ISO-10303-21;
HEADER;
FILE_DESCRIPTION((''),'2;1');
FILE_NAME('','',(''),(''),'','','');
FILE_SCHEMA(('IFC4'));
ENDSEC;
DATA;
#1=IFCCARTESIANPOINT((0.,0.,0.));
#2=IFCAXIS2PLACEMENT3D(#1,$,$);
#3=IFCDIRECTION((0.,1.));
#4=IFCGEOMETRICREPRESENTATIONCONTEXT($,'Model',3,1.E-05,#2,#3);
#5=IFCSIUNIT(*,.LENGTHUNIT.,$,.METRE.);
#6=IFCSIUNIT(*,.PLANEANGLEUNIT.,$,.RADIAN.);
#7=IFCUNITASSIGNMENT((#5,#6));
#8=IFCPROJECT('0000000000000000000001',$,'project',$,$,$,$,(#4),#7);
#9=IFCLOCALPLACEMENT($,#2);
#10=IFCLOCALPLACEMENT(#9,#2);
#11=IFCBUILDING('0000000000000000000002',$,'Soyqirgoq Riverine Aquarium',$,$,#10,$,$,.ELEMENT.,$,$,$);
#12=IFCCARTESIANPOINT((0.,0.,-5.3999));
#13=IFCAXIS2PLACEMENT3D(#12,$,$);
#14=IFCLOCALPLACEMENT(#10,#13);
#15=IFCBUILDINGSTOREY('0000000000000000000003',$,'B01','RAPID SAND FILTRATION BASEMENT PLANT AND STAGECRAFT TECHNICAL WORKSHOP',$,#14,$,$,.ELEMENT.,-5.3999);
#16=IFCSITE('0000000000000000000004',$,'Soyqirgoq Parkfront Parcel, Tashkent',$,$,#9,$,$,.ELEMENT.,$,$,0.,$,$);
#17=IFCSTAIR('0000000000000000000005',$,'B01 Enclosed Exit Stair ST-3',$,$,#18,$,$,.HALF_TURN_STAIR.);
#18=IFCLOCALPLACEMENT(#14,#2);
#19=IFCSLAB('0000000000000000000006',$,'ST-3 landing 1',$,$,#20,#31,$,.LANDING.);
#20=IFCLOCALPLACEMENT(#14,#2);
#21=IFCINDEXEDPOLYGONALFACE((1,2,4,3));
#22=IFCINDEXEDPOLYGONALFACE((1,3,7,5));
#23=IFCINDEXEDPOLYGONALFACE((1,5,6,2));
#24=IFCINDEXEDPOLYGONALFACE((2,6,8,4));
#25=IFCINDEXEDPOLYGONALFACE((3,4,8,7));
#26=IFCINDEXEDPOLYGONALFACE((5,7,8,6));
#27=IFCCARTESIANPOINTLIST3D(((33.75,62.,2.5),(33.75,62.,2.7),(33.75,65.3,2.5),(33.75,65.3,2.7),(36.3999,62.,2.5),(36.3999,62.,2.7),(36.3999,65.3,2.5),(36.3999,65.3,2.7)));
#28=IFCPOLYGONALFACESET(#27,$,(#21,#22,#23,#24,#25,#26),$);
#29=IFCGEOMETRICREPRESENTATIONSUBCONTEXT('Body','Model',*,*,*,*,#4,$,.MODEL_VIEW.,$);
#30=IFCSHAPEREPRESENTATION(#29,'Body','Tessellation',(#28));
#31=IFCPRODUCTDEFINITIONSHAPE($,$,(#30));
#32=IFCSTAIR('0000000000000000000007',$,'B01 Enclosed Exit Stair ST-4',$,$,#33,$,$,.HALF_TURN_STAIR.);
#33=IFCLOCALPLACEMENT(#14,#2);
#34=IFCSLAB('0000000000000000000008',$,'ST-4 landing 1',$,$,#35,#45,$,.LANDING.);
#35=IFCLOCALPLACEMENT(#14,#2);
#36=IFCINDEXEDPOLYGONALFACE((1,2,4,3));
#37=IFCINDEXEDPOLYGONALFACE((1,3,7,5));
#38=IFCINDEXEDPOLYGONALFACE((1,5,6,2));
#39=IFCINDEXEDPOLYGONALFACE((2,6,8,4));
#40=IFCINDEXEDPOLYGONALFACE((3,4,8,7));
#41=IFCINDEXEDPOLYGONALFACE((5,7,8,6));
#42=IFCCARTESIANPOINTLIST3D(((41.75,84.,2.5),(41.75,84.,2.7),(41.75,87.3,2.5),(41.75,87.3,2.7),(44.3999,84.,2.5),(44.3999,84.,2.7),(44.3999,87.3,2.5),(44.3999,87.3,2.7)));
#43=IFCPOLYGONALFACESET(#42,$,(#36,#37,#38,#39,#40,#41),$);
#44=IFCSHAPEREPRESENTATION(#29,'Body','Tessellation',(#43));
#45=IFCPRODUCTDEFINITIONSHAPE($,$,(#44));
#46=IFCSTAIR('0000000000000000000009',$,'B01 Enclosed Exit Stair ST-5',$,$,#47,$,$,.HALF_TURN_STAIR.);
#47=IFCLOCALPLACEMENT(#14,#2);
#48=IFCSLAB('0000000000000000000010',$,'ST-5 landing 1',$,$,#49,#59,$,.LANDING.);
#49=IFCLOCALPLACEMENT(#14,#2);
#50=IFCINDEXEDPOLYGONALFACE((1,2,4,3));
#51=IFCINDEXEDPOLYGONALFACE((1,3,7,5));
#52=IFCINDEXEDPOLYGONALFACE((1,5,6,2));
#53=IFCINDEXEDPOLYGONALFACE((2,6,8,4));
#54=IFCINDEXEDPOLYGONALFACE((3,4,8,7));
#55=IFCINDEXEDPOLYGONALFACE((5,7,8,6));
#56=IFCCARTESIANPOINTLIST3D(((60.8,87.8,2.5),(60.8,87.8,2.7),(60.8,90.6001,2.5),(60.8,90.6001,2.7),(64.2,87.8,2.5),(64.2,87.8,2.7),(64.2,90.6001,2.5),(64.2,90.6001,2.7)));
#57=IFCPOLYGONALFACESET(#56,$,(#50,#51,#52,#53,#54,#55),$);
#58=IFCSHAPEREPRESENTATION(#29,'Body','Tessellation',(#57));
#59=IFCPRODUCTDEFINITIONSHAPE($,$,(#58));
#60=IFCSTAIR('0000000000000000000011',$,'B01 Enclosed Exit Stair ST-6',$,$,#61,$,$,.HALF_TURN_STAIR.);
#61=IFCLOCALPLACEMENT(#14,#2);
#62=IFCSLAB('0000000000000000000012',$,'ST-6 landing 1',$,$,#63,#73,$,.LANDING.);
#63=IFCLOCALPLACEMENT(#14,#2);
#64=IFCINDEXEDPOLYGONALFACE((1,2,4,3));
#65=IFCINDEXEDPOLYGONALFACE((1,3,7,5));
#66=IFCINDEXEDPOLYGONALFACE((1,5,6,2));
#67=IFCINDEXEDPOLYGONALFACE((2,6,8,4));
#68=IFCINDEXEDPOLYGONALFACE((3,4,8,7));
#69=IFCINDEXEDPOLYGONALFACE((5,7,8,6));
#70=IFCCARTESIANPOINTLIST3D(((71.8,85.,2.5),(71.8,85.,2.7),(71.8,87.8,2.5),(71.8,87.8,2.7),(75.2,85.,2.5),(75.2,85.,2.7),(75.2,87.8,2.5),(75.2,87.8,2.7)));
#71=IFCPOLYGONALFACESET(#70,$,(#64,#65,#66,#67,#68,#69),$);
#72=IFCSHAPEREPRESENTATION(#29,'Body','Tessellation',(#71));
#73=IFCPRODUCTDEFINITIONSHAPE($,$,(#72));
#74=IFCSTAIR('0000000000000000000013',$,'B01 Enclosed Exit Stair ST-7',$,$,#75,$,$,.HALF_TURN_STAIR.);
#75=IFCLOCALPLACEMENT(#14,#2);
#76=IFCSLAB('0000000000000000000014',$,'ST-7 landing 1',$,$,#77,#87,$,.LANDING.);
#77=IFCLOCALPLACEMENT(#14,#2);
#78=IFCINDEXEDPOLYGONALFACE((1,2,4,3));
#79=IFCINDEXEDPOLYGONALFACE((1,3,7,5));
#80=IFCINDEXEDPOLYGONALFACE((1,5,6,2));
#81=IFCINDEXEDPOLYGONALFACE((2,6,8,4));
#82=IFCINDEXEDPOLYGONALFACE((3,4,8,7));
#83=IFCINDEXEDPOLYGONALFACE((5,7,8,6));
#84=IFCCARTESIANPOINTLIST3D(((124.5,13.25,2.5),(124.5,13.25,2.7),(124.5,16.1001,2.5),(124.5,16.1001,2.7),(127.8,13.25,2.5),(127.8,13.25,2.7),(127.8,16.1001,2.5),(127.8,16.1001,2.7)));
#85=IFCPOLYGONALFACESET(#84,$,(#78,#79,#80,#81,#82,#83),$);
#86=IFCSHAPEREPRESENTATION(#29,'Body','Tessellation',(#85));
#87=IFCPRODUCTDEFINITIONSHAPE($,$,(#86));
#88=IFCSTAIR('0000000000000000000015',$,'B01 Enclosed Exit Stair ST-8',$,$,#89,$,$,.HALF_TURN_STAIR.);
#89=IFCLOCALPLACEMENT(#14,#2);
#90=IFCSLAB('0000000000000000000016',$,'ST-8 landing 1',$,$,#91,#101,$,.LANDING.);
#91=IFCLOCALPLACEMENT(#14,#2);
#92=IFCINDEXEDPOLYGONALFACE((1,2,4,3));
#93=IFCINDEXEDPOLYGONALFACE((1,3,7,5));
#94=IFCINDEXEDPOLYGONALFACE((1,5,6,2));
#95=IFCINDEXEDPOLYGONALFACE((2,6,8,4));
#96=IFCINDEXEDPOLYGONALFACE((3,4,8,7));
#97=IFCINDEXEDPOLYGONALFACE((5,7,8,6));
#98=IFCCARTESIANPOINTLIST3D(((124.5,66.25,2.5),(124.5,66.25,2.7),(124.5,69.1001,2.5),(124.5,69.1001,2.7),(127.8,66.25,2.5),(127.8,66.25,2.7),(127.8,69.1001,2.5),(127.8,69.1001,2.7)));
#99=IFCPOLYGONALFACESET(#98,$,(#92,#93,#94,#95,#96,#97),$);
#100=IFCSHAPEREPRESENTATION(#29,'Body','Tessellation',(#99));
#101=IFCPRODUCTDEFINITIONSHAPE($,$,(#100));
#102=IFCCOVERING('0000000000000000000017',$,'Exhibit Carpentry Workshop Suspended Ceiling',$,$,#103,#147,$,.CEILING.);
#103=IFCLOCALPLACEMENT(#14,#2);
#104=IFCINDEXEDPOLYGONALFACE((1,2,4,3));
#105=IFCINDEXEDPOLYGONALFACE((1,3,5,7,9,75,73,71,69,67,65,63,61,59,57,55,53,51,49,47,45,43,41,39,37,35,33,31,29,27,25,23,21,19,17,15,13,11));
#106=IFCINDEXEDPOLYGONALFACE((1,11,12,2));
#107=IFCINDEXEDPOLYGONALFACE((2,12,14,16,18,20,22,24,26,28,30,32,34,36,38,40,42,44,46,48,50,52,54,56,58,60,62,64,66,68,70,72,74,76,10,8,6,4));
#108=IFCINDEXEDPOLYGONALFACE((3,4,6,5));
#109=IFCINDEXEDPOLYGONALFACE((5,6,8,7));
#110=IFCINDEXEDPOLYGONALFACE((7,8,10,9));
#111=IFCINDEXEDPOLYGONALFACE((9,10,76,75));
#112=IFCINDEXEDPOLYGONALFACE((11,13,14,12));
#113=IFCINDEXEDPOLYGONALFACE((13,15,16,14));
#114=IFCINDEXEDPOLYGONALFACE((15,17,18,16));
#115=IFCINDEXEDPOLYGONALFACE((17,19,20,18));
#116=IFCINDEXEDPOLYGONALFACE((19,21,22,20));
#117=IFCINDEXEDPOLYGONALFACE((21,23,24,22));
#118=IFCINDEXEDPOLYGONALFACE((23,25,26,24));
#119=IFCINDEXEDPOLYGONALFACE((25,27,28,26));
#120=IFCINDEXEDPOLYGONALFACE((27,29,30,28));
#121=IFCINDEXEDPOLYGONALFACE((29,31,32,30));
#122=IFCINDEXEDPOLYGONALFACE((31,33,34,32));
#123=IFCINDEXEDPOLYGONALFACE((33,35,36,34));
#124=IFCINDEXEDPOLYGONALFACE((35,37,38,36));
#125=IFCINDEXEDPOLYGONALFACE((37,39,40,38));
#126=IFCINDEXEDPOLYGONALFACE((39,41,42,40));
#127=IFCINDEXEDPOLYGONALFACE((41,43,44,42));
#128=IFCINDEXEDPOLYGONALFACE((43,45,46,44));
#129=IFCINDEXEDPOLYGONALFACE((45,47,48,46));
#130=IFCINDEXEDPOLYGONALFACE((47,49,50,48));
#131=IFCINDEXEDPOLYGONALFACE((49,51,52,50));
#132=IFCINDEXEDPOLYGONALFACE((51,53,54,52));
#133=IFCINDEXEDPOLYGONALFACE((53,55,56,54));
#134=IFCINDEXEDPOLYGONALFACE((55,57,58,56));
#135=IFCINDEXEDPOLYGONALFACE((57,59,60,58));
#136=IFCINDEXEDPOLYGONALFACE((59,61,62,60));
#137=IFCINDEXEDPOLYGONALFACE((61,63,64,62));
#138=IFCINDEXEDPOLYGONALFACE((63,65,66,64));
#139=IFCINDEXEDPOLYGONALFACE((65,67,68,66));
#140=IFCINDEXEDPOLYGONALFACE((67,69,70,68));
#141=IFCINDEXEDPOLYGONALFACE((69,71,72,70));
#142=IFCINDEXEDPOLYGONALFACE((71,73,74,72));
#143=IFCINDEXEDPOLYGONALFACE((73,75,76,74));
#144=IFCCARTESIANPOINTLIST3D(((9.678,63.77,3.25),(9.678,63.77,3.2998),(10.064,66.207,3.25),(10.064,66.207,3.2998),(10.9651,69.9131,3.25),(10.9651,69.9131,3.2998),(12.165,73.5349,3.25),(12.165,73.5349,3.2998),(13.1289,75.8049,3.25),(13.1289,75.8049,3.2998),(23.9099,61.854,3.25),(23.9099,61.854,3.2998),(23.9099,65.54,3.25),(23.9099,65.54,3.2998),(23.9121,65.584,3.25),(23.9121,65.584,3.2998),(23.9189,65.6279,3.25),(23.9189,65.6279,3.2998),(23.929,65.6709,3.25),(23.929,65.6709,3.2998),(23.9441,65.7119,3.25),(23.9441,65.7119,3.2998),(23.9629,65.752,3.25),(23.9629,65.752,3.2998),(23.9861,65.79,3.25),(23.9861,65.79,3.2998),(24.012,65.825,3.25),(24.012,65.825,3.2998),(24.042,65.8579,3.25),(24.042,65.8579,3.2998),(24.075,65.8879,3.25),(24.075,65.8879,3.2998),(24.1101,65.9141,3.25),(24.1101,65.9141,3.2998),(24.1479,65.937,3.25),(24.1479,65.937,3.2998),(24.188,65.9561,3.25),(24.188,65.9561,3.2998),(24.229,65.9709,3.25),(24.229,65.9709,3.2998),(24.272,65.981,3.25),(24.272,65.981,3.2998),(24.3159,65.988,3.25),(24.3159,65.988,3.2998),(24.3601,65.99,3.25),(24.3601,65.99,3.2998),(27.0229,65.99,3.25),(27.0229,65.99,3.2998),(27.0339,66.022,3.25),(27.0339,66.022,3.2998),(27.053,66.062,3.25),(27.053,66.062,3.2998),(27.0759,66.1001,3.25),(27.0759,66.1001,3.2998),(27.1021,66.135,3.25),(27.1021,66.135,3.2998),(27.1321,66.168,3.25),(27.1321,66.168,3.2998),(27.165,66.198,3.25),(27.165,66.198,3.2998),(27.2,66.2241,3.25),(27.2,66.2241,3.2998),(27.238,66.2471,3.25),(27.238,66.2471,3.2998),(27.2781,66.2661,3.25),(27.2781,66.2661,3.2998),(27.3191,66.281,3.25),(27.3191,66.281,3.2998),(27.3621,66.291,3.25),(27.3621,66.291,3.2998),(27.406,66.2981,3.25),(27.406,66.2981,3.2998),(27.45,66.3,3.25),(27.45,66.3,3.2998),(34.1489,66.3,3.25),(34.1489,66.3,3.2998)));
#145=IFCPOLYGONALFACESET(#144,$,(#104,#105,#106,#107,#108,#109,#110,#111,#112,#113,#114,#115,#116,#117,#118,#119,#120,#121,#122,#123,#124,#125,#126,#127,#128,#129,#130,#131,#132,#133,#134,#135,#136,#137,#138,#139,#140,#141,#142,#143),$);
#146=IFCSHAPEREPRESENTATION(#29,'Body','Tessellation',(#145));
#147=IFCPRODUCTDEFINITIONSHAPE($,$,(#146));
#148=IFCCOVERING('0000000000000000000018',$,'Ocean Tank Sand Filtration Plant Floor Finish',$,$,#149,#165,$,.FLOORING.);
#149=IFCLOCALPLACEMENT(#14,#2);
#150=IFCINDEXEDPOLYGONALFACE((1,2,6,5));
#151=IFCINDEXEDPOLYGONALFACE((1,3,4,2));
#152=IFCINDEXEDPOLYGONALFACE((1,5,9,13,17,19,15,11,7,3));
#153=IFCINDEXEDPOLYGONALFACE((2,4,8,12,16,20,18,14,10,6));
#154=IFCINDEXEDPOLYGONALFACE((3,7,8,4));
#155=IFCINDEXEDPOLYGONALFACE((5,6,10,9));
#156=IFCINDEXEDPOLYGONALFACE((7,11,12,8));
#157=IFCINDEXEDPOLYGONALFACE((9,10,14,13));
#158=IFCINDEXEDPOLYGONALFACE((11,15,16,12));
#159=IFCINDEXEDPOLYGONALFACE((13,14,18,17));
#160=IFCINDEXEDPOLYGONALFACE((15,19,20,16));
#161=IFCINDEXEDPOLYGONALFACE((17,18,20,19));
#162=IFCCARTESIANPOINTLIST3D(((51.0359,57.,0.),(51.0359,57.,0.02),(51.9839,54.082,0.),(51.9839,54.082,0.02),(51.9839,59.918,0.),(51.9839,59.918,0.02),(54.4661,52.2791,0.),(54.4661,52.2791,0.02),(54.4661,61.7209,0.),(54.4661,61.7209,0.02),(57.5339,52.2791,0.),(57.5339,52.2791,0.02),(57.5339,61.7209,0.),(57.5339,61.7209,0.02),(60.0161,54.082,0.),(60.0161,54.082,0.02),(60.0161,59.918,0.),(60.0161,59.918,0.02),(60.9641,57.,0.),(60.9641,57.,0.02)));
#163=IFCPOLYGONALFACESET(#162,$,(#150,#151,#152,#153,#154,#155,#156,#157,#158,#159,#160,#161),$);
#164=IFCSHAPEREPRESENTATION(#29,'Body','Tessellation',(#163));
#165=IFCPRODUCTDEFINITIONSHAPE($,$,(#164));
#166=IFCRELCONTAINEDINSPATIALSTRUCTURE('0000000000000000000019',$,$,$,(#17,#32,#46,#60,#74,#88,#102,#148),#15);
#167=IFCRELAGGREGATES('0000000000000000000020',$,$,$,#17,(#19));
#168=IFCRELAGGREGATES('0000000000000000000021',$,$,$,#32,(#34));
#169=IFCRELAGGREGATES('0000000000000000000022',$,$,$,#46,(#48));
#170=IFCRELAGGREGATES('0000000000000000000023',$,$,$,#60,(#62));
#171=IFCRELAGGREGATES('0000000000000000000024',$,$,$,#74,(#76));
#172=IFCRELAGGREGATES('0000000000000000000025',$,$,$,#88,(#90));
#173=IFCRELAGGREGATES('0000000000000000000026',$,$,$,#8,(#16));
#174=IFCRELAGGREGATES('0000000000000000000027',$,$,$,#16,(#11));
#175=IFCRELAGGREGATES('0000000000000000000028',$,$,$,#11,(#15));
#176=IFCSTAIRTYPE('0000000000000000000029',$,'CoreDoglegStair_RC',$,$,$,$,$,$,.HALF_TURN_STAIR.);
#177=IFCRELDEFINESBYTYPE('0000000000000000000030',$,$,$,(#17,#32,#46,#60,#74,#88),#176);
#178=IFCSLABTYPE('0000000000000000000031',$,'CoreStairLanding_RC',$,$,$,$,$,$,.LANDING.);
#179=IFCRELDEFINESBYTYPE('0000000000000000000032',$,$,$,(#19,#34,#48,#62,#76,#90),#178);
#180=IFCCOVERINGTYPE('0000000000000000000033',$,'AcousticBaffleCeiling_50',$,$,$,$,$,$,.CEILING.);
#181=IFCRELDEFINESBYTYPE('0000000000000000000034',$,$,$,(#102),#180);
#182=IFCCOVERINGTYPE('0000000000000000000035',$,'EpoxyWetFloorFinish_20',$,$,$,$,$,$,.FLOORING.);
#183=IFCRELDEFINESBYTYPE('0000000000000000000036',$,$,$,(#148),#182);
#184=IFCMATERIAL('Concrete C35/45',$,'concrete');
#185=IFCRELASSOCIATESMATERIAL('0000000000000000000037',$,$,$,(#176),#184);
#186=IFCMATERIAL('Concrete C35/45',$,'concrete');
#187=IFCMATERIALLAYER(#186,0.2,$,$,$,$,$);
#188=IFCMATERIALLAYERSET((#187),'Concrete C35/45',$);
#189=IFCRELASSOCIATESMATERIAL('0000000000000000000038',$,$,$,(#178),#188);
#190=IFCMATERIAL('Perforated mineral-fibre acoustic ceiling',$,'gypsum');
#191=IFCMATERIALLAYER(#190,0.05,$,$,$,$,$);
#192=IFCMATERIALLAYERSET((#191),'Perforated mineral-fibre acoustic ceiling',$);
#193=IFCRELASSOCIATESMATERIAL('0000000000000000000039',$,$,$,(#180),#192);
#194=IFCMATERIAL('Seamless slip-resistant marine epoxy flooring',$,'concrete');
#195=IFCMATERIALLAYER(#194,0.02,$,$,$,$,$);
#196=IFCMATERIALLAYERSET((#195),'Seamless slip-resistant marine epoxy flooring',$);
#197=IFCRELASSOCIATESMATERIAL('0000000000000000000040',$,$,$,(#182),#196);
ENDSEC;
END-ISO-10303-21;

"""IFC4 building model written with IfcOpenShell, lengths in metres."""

from ifc_helpers import new_model, si_unit, direction, frame, origin, place, context, subcontext, project, spatial, polyline, outline, extrude, material, layer, layer_set, type_object, element, aggregate, save


model = new_model("IFC4")

# Units and contexts
model_context = context("Model", 3, precision=1e-05, world=origin(), true_north=direction((0.0, 1.0)))
body_context = subcontext(model_context, "Body", "Model", "MODEL_VIEW")
ifc_project = project(units=[si_unit("LENGTHUNIT", "METRE"), si_unit("PLANEANGLEUNIT", "RADIAN")], contexts=[model_context])

# Site, building, storey
site_placement = place(None, origin())
site = spatial("IfcSite", under=ifc_project, at=site_placement, Name="Soyqirgoq Parkfront Parcel, Tashkent", CompositionType="ELEMENT", RefElevation=0.0)
building_placement = place(site_placement, origin())
building = spatial("IfcBuilding", under=site, at=building_placement, Name="Soyqirgoq Riverine Aquarium", CompositionType="ELEMENT")
storey_placement = place(building_placement, frame((0.0, 0.0, -5.3999)))
storey = spatial("IfcBuildingStorey", under=building, at=storey_placement, Name="B01", Description="RAPID SAND FILTRATION BASEMENT PLANT AND STAGECRAFT TECHNICAL WORKSHOP", CompositionType="ELEMENT", Elevation=-5.3999)

# Stairs, slabs
ifc_material_1 = material(Name="Concrete C35/45", Category="concrete")
stair_type = type_object("IfcStairType", Name="CoreDoglegStair_RC", PredefinedType="HALF_TURN_STAIR", material=ifc_material_1)
ifc_material_2 = material(Name="Concrete C35/45", Category="concrete")
ifc_layer_1 = layer(ifc_material_2, 0.2)
ifc_layer_set_1 = layer_set([ifc_layer_1], Name="Concrete C35/45")
slab_type_1 = type_object("IfcSlabType", Name="CoreStairLanding_RC", PredefinedType="LANDING", material=ifc_layer_set_1)
stair_1_placement = place(storey_placement, origin())
stair_1 = element("IfcStair", 1, at=stair_1_placement, inside=storey, type_object=stair_type, Name="B01 Enclosed Exit Stair ST-3", PredefinedType="HALF_TURN_STAIR")
slab_1_placement = place(storey_placement, frame((0.0, 0.0, 2.5)))
slab_1 = element("IfcSlab", 2, at=slab_1_placement, type_object=slab_type_1, Name="ST-3 landing 1", PredefinedType="LANDING", context=body_context, shape_type="SweptSolid", body=[
    extrude(outline(polyline([(33.75, 62.0), (36.3999, 62.0), (36.3999, 65.3), (33.75, 65.3), (33.75, 62.0)])), origin(), (0.0, 0.0, 1.0), 0.2),
])
aggregate(stair_1, [slab_1])
stair_2_placement = place(storey_placement, origin())
stair_2 = element("IfcStair", 3, at=stair_2_placement, inside=storey, type_object=stair_type, Name="B01 Enclosed Exit Stair ST-4", PredefinedType="HALF_TURN_STAIR")
slab_2_placement = place(storey_placement, frame((0.0, 0.0, 2.5)))
slab_2 = element("IfcSlab", 4, at=slab_2_placement, type_object=slab_type_1, Name="ST-4 landing 1", PredefinedType="LANDING", context=body_context, shape_type="SweptSolid", body=[
    extrude(outline(polyline([(41.75, 84.0), (44.3999, 84.0), (44.3999, 87.3), (41.75, 87.3), (41.75, 84.0)])), origin(), (0.0, 0.0, 1.0), 0.2),
])
aggregate(stair_2, [slab_2])
stair_3_placement = place(storey_placement, origin())
stair_3 = element("IfcStair", 5, at=stair_3_placement, inside=storey, type_object=stair_type, Name="B01 Enclosed Exit Stair ST-5", PredefinedType="HALF_TURN_STAIR")
slab_3_placement = place(storey_placement, frame((0.0, 0.0, 2.5)))
slab_3 = element("IfcSlab", 6, at=slab_3_placement, type_object=slab_type_1, Name="ST-5 landing 1", PredefinedType="LANDING", context=body_context, shape_type="SweptSolid", body=[
    extrude(outline(polyline([(64.2, 87.8), (64.2, 90.6001), (60.8, 90.6001), (60.8, 87.8), (64.2, 87.8)])), origin(), (0.0, 0.0, 1.0), 0.2),
])
aggregate(stair_3, [slab_3])
stair_4_placement = place(storey_placement, origin())
stair_4 = element("IfcStair", 7, at=stair_4_placement, inside=storey, type_object=stair_type, Name="B01 Enclosed Exit Stair ST-6", PredefinedType="HALF_TURN_STAIR")
slab_4_placement = place(storey_placement, frame((0.0, 0.0, 2.5)))
slab_4 = element("IfcSlab", 8, at=slab_4_placement, type_object=slab_type_1, Name="ST-6 landing 1", PredefinedType="LANDING", context=body_context, shape_type="SweptSolid", body=[
    extrude(outline(polyline([(75.2, 85.0), (75.2, 87.8), (71.8, 87.8), (71.8, 85.0), (75.2, 85.0)])), origin(), (0.0, 0.0, 1.0), 0.2),
])
aggregate(stair_4, [slab_4])
stair_5_placement = place(storey_placement, origin())
stair_5 = element("IfcStair", 9, at=stair_5_placement, inside=storey, type_object=stair_type, Name="B01 Enclosed Exit Stair ST-7", PredefinedType="HALF_TURN_STAIR")
slab_5_placement = place(storey_placement, frame((0.0, 0.0, 2.5)))
slab_5 = element("IfcSlab", 10, at=slab_5_placement, type_object=slab_type_1, Name="ST-7 landing 1", PredefinedType="LANDING", context=body_context, shape_type="SweptSolid", body=[
    extrude(outline(polyline([(127.8, 13.25), (127.8, 16.1001), (124.5, 16.1001), (124.5, 13.25), (127.8, 13.25)])), origin(), (0.0, 0.0, 1.0), 0.2),
])
aggregate(stair_5, [slab_5])
stair_6_placement = place(storey_placement, origin())
stair_6 = element("IfcStair", 11, at=stair_6_placement, inside=storey, type_object=stair_type, Name="B01 Enclosed Exit Stair ST-8", PredefinedType="HALF_TURN_STAIR")
slab_6_placement = place(storey_placement, frame((0.0, 0.0, 2.5)))
slab_6 = element("IfcSlab", 12, at=slab_6_placement, type_object=slab_type_1, Name="ST-8 landing 1", PredefinedType="LANDING", context=body_context, shape_type="SweptSolid", body=[
    extrude(outline(polyline([(127.8, 66.25), (127.8, 69.1001), (124.5, 69.1001), (124.5, 66.25), (127.8, 66.25)])), origin(), (0.0, 0.0, 1.0), 0.2),
])
aggregate(stair_6, [slab_6])

# Coverings
ifc_material_3 = material(Name="Perforated mineral-fibre acoustic ceiling", Category="gypsum")
ifc_layer_2 = layer(ifc_material_3, 0.05)
ifc_layer_set_2 = layer_set([ifc_layer_2], Name="Perforated mineral-fibre acoustic ceiling")
covering_type_1 = type_object("IfcCoveringType", Name="AcousticBaffleCeiling_50", PredefinedType="CEILING", material=ifc_layer_set_2)
covering_1_placement = place(storey_placement, frame((0.0, 0.0, 3.25)))
element("IfcCovering", 13, at=covering_1_placement, inside=storey, type_object=covering_type_1, Name="Exhibit Carpentry Workshop Suspended Ceiling", PredefinedType="CEILING", context=body_context, shape_type="SweptSolid", body=[
    extrude(outline(polyline([(10.064, 66.207), (10.9651, 69.9131), (12.165, 73.5349), (13.1289, 75.8049), (34.1489, 66.3), (27.45, 66.3), (27.406, 66.2981), (27.3621, 66.291), (27.3191, 66.281), (27.2781, 66.2661), (27.238, 66.2471), (27.2, 66.2241), (27.165, 66.198), (27.1321, 66.168), (27.1021, 66.135), (27.0759, 66.1001), (27.053, 66.062), (27.0339, 66.022), (27.0229, 65.99), (24.3601, 65.99), (24.3159, 65.988), (24.272, 65.981), (24.229, 65.9709), (24.188, 65.9561), (24.1479, 65.937), (24.1101, 65.9141), (24.075, 65.8879), (24.042, 65.8579), (24.012, 65.825), (23.9861, 65.79), (23.9629, 65.752), (23.9441, 65.7119), (23.929, 65.6709), (23.9189, 65.6279), (23.9121, 65.584), (23.9099, 65.54), (23.9099, 61.854), (9.678, 63.77), (10.064, 66.207)])), origin(), (0.0, 0.0, 1.0), 0.0498),
])
ifc_material_4 = material(Name="Seamless slip-resistant marine epoxy flooring", Category="concrete")
ifc_layer_3 = layer(ifc_material_4, 0.02)
ifc_layer_set_3 = layer_set([ifc_layer_3], Name="Seamless slip-resistant marine epoxy flooring")
covering_type_2 = type_object("IfcCoveringType", Name="EpoxyWetFloorFinish_20", PredefinedType="FLOORING", material=ifc_layer_set_3)
covering_2_placement = place(storey_placement, origin())
element("IfcCovering", 14, at=covering_2_placement, inside=storey, type_object=covering_type_2, Name="Ocean Tank Sand Filtration Plant Floor Finish", PredefinedType="FLOORING", context=body_context, shape_type="SweptSolid", body=[
    extrude(outline(polyline([(57.5339, 52.2791), (54.4661, 52.2791), (51.9839, 54.082), (51.0359, 57.0), (51.9839, 59.918), (54.4661, 61.7209), (57.5339, 61.7209), (60.0161, 59.918), (60.9641, 57.0), (60.0161, 54.082), (57.5339, 52.2791)])), origin(), (0.0, 0.0, 1.0), 0.02),
])

save(model, "model.ifc")
